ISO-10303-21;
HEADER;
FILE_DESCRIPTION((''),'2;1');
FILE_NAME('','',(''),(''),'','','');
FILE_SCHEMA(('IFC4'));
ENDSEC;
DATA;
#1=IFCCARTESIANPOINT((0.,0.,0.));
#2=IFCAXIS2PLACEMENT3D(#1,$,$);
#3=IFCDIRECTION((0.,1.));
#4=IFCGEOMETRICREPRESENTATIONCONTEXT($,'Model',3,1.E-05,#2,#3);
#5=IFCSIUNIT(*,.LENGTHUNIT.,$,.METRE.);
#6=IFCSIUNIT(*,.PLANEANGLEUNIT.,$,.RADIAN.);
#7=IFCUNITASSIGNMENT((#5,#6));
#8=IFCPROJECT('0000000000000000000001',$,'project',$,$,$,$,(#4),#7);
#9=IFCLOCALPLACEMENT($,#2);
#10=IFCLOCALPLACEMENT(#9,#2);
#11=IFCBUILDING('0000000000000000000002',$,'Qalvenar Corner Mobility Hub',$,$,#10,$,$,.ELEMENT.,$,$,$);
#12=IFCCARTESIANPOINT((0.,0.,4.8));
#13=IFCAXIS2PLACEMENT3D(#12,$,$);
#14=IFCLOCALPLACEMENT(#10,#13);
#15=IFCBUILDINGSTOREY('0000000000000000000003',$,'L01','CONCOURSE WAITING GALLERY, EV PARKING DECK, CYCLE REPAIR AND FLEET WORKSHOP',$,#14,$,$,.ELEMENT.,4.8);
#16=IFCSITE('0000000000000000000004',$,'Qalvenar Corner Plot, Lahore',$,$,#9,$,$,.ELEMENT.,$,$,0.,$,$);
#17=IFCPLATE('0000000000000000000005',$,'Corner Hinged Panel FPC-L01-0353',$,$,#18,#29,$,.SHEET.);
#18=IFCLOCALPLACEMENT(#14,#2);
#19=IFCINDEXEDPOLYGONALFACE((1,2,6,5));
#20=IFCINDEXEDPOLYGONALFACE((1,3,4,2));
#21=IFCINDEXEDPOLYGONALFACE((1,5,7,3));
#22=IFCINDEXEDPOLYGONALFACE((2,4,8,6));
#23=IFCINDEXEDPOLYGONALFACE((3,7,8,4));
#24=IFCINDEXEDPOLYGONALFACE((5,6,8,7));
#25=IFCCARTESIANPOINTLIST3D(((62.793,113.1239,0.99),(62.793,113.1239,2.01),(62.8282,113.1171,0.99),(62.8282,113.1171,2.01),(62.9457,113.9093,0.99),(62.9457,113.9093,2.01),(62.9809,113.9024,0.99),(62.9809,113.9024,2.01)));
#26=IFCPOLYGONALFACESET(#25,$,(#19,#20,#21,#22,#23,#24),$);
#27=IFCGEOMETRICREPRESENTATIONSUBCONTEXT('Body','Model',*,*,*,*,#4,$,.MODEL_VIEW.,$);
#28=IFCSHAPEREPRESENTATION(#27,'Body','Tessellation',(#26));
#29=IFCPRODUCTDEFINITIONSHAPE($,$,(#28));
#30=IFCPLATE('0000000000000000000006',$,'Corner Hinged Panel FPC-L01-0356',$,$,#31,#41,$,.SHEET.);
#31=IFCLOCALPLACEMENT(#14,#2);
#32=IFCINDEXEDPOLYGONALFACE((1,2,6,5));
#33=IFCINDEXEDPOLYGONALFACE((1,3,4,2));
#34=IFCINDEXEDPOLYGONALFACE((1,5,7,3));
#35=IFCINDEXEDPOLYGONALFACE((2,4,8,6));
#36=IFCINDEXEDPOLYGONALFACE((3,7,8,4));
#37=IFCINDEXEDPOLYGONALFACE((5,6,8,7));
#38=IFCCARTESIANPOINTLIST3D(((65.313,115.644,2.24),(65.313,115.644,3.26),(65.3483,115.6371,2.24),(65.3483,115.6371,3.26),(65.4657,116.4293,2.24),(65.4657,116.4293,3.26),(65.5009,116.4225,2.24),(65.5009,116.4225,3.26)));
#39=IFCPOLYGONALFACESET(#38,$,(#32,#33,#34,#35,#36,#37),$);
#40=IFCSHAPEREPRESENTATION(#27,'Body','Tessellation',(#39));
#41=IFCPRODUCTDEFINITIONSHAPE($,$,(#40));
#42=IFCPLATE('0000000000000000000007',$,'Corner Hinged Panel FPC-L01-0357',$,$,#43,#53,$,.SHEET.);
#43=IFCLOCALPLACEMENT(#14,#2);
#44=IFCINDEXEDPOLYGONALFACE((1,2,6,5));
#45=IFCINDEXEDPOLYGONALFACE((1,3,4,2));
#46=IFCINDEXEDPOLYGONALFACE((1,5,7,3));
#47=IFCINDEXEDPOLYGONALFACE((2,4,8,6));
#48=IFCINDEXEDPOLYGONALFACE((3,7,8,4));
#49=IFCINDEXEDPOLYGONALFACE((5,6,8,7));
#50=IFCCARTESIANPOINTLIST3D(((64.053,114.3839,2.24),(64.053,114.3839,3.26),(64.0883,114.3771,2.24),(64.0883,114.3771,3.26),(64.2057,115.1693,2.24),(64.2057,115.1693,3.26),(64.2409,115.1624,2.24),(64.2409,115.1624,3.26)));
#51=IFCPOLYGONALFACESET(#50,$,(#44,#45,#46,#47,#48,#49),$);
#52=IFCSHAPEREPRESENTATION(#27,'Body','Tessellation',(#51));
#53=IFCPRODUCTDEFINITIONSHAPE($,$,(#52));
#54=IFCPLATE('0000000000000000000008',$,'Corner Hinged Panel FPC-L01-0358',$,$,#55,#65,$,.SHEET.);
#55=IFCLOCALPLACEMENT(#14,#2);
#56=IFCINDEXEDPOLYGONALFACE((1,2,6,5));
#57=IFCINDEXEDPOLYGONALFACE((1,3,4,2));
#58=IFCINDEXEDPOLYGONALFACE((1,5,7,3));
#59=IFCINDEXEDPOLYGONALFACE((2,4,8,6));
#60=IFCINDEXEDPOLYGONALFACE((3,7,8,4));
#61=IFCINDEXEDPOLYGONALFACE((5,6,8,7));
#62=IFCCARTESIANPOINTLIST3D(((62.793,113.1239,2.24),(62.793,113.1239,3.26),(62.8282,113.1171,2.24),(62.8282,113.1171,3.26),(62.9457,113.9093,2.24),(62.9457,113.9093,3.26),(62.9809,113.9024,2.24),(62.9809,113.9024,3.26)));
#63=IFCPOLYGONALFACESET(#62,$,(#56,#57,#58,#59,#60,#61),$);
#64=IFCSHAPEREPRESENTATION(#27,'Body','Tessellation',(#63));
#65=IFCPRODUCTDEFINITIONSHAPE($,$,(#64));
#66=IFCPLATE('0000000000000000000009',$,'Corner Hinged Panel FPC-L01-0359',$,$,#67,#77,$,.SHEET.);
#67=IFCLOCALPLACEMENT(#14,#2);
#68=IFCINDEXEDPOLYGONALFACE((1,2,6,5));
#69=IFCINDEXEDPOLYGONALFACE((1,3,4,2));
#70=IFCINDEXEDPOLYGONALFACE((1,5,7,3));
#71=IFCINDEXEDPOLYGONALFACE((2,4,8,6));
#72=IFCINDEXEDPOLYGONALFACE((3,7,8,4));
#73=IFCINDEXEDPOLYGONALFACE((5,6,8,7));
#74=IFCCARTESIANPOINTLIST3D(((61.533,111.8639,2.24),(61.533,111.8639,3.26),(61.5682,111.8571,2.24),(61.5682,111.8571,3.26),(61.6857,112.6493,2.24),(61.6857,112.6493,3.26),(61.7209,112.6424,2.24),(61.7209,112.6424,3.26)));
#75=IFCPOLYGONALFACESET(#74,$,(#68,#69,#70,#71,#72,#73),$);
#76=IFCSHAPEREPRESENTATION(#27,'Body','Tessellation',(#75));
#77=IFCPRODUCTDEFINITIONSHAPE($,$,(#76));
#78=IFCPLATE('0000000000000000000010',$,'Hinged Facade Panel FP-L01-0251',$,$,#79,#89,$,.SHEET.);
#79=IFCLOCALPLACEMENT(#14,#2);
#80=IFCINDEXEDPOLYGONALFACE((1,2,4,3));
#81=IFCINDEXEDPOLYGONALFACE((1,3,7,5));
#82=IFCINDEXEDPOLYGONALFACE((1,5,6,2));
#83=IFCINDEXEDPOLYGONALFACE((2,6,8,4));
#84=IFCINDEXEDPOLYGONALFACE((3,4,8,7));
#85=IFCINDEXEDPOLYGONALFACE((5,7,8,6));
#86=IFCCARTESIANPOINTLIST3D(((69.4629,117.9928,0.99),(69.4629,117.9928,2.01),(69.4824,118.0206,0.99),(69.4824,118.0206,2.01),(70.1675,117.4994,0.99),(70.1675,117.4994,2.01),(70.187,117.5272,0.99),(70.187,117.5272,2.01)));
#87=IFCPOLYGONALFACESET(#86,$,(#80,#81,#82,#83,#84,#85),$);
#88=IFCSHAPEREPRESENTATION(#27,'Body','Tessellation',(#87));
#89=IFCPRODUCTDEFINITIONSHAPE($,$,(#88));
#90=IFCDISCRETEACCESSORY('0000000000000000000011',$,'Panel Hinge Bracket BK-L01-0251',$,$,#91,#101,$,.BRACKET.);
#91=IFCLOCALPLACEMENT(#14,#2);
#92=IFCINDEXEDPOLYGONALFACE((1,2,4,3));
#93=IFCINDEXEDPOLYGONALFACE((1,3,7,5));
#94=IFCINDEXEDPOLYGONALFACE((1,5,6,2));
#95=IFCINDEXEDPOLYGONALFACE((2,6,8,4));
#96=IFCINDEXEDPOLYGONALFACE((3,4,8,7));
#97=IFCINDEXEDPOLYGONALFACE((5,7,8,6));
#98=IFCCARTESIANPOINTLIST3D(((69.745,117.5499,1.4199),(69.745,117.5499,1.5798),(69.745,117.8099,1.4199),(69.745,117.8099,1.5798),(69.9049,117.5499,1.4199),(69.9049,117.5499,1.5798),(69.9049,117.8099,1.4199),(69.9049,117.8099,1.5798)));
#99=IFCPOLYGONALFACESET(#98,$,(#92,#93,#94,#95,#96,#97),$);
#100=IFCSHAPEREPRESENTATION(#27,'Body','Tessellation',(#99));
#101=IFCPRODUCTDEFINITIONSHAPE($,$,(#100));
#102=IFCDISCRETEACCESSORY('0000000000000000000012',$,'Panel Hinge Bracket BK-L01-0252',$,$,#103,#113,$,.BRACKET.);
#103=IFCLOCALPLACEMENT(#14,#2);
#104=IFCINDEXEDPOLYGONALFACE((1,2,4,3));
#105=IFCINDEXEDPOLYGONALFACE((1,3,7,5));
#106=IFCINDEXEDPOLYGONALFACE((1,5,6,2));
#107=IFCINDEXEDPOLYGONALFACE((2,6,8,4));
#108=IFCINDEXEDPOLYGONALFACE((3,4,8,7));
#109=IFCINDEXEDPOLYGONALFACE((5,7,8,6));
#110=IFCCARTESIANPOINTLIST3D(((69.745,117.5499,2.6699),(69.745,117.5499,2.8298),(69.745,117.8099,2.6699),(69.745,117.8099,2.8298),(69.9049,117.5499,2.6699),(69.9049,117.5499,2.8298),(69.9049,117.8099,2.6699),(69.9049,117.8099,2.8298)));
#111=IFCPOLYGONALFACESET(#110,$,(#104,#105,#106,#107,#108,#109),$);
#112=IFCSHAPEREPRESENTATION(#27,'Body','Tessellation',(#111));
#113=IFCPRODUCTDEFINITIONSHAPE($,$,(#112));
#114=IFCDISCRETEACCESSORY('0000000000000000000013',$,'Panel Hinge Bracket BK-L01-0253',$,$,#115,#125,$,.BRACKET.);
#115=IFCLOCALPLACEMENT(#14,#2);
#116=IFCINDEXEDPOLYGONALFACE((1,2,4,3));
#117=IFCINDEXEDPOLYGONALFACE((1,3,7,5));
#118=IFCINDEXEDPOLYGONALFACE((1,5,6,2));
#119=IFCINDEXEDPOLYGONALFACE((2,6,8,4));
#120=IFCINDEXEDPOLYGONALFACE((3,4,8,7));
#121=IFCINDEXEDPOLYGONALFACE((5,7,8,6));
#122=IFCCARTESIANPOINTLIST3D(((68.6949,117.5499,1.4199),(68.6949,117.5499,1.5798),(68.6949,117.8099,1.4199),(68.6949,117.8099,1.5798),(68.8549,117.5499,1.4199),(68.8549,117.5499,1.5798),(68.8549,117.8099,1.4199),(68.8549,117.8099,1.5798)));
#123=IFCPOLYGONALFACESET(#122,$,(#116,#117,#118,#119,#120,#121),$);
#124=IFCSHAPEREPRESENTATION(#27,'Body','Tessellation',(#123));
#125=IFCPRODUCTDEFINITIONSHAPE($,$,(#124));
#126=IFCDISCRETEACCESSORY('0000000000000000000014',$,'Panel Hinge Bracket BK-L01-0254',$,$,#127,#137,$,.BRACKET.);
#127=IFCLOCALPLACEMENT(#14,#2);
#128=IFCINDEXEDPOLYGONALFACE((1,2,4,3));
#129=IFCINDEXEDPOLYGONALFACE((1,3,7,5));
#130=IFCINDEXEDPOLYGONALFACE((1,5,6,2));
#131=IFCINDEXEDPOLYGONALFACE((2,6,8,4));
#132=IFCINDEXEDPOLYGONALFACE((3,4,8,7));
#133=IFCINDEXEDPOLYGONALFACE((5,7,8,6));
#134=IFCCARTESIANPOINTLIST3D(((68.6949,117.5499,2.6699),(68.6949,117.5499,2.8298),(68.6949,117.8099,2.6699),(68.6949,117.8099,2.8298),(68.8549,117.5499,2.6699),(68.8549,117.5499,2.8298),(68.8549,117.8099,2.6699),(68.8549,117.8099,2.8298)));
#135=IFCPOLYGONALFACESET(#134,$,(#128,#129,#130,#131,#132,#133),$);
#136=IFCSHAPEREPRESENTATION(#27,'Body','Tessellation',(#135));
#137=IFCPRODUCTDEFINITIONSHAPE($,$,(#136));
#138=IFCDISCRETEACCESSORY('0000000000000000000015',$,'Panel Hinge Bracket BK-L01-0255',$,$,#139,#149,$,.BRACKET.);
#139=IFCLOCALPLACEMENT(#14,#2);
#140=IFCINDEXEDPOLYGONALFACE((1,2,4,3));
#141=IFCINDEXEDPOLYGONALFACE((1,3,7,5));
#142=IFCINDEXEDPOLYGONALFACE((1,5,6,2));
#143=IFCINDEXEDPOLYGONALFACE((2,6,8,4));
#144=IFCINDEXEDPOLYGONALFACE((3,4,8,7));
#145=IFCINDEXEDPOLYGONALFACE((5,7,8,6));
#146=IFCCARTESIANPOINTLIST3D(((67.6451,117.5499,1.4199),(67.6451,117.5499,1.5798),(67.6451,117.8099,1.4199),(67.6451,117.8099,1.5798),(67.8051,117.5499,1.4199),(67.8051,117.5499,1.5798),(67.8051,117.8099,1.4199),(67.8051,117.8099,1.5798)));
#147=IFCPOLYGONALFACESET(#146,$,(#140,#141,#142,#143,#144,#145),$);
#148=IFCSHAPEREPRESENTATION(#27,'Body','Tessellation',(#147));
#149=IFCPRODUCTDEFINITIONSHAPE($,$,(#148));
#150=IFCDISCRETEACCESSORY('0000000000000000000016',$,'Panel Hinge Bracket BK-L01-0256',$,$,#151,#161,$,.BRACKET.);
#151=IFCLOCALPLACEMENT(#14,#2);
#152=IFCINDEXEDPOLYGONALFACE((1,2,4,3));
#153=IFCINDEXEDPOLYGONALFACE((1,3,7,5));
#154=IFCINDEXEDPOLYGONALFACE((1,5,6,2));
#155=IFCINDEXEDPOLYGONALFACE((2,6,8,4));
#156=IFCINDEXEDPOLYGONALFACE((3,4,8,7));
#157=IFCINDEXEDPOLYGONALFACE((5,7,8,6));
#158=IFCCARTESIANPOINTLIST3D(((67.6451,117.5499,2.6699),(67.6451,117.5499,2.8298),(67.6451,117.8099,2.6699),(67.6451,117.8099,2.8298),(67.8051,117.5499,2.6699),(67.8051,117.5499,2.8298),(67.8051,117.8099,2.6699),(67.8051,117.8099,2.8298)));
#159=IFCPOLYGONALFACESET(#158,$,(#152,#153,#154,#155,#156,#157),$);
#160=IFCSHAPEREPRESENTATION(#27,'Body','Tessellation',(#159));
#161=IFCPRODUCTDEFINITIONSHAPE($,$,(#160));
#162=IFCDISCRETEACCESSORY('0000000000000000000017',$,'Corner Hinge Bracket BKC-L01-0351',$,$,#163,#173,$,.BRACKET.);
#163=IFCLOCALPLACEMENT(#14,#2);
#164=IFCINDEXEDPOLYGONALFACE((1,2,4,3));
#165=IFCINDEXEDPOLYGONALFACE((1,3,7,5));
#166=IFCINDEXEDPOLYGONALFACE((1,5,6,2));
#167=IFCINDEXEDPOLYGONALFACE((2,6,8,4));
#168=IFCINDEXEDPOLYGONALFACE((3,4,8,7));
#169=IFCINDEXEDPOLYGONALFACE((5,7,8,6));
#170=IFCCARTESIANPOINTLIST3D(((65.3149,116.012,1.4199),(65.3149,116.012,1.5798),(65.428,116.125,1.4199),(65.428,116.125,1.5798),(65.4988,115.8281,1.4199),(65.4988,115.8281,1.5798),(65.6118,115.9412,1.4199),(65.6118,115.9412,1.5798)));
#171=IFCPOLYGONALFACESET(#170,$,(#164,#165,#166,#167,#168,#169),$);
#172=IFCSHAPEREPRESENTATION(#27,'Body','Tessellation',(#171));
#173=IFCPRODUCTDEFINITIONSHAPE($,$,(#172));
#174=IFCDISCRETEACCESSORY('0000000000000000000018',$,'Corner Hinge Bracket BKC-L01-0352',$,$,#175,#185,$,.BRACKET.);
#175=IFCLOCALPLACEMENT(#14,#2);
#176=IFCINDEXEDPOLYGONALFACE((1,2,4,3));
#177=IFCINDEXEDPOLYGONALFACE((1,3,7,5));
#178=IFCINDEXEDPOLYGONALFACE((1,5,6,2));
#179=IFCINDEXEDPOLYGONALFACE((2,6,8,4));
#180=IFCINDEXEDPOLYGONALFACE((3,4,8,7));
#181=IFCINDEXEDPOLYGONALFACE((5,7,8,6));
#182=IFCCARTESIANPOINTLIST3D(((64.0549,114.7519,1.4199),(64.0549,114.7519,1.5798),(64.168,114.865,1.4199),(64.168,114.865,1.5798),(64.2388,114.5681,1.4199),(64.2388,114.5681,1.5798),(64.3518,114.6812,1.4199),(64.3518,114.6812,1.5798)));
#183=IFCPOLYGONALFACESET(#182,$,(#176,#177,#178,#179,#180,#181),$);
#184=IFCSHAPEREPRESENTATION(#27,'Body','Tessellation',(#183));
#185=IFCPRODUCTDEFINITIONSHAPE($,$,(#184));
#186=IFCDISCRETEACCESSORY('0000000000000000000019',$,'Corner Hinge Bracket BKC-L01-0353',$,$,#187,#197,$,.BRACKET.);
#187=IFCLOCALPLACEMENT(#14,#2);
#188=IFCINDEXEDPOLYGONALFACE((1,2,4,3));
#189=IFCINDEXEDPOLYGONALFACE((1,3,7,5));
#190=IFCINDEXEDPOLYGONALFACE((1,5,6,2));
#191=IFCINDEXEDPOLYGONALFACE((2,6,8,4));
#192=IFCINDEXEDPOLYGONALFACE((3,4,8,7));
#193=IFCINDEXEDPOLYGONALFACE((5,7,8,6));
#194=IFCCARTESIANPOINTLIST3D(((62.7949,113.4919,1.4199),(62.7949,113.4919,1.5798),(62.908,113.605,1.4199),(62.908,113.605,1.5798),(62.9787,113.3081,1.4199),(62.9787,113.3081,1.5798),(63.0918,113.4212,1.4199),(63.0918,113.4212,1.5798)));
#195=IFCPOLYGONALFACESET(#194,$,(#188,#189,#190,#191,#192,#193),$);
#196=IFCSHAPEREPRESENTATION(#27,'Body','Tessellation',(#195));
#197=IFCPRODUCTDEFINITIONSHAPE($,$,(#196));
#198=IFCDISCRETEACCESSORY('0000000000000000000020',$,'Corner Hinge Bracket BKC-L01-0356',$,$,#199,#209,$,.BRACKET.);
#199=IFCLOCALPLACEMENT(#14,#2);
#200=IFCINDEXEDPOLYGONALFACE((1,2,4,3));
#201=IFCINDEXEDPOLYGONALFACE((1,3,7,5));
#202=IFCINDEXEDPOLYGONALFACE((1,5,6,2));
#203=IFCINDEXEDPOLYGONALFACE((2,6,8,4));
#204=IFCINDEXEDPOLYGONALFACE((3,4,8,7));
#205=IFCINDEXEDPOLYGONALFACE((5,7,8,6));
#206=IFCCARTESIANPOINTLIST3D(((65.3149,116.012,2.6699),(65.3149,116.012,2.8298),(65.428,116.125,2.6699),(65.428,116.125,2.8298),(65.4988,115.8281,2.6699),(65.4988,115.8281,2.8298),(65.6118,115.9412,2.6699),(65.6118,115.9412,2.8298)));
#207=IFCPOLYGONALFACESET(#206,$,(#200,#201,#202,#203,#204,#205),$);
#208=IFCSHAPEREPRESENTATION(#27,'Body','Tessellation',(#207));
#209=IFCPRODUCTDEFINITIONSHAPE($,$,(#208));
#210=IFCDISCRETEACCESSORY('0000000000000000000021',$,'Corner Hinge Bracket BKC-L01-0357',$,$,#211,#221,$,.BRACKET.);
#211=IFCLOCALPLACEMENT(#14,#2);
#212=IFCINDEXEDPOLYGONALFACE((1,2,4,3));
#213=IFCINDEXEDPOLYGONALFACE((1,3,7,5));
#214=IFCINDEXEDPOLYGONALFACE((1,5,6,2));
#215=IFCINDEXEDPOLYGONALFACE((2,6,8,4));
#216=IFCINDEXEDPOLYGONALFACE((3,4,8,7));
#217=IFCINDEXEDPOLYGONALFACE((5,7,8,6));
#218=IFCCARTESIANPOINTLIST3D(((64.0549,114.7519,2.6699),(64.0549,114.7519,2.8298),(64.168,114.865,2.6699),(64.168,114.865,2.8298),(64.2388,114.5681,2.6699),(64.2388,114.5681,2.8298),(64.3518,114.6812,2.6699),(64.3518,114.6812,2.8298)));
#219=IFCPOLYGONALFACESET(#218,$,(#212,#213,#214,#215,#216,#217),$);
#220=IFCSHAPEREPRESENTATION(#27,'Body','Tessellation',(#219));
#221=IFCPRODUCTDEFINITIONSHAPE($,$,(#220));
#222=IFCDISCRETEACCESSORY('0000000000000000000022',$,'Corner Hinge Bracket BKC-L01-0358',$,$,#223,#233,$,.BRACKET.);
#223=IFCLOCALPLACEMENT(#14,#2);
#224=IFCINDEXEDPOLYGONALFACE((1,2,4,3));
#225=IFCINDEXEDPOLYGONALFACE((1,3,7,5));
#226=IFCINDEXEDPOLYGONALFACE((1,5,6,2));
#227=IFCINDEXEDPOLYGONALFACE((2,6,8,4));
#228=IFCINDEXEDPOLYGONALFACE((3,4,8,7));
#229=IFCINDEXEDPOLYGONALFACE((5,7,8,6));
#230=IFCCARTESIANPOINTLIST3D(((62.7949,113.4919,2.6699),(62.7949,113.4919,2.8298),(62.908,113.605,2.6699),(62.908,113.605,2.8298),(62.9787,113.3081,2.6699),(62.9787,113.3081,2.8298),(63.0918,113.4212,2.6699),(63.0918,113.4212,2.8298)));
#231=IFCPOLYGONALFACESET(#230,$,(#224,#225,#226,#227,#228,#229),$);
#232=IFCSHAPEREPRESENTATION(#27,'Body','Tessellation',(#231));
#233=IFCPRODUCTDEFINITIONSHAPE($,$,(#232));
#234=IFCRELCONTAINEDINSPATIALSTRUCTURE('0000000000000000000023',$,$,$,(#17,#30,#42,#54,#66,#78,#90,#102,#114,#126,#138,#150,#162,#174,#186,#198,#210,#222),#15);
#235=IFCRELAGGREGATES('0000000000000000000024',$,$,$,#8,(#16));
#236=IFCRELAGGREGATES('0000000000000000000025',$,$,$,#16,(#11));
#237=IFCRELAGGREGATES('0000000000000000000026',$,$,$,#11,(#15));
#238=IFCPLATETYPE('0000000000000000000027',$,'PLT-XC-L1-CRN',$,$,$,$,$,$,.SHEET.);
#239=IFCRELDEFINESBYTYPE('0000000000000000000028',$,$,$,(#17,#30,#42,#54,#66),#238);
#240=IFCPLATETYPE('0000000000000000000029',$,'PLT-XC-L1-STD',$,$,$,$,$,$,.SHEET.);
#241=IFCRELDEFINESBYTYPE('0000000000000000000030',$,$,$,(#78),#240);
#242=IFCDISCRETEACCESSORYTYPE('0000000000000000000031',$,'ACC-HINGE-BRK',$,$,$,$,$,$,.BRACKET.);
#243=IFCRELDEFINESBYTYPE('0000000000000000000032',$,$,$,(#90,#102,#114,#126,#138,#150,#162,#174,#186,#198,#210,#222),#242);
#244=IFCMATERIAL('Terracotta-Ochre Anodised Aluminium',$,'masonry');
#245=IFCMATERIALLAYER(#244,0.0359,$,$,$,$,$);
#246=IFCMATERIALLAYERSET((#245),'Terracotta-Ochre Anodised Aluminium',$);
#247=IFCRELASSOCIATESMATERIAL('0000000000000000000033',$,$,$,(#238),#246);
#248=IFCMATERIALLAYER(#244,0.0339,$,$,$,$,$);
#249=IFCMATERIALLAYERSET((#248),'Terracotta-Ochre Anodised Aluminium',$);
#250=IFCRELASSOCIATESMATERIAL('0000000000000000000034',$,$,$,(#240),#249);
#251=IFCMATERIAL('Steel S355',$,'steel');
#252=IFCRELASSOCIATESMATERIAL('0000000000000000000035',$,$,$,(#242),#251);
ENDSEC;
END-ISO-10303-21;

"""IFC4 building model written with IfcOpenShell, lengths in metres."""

from ifc_helpers import new_model, si_unit, direction, frame, origin, origin_2d, place, context, subcontext, project, spatial, rectangle, extrude, material, layer, layer_set, type_object, element, save


model = new_model("IFC4")

# Units and contexts
model_context = context("Model", 3, precision=1e-05, world=origin(), true_north=direction((0.0, 1.0)))
body_context = subcontext(model_context, "Body", "Model", "MODEL_VIEW")
ifc_project = project(units=[si_unit("LENGTHUNIT", "METRE"), si_unit("PLANEANGLEUNIT", "RADIAN")], contexts=[model_context])

# Site, building, storey
site_placement = place(None, origin())
site = spatial("IfcSite", under=ifc_project, at=site_placement, Name="Qalvenar Corner Plot, Lahore", CompositionType="ELEMENT", RefElevation=0.0)
building_placement = place(site_placement, origin())
building = spatial("IfcBuilding", under=site, at=building_placement, Name="Qalvenar Corner Mobility Hub", CompositionType="ELEMENT")
storey_placement = place(building_placement, frame((0.0, 0.0, 4.8)))
storey = spatial("IfcBuildingStorey", under=building, at=storey_placement, Name="L01", Description="CONCOURSE WAITING GALLERY, EV PARKING DECK, CYCLE REPAIR AND FLEET WORKSHOP", CompositionType="ELEMENT", Elevation=4.8)

# Shared definitions
ifc_material_1 = material(Name="Steel S355", Category="steel")

# Plates
ifc_material_2 = material(Name="Terracotta-Ochre Anodised Aluminium", Category="masonry")
ifc_layer_1 = layer(ifc_material_2, 0.0359)
ifc_layer_set_1 = layer_set([ifc_layer_1], Name="Terracotta-Ochre Anodised Aluminium")
plate_type_1 = type_object("IfcPlateType", Name="PLT-XC-L1-CRN", PredefinedType="SHEET", material=ifc_layer_set_1)
for number, where, z_axis, x_axis, name in (
    (1, (62.887, 113.5132, 0.99), (0.0, 0.0, 1.0), (-0.190809, -0.981627, 0.0), "Corner Hinged Panel FPC-L01-0353"),
    (2, (65.407, 116.0332, 2.24), (0.0, 0.0, 1.0), (-0.190809, -0.981627, 0.0), "Corner Hinged Panel FPC-L01-0356"),
    (3, (64.147, 114.7732, 2.24), (0.0, 0.0, 1.0), (-0.190809, -0.981627, 0.0), "Corner Hinged Panel FPC-L01-0357"),
    (4, (62.887, 113.5132, 2.24), (0.0, 0.0, 1.0), (-0.190809, -0.981627, 0.0), "Corner Hinged Panel FPC-L01-0358"),
    (5, (61.627, 112.2532, 2.24), (0.0, 0.0, 1.0), (-0.190809, -0.981627, 0.0), "Corner Hinged Panel FPC-L01-0359"),
):
    element("IfcPlate", number, at=place(storey_placement, frame(where, z_axis=z_axis, x_axis=x_axis)), inside=storey, type_object=plate_type_1, Name=name, PredefinedType="SHEET", context=body_context, shape_type="SweptSolid", body=[
        extrude(rectangle(XDim=0.8, YDim=0.0359, at=origin_2d()), origin(), (0.0, 0.0, 1.0), 1.02),
    ])
ifc_layer_2 = layer(ifc_material_2, 0.0339)
ifc_layer_set_2 = layer_set([ifc_layer_2], Name="Terracotta-Ochre Anodised Aluminium")
plate_type_2 = type_object("IfcPlateType", Name="PLT-XC-L1-STD", PredefinedType="SHEET", material=ifc_layer_set_2)
plate_placement = place(storey_placement, frame((69.825, 117.76, 0.99), z_axis=(0.0, 0.0, 1.0), x_axis=(-0.819152, 0.573576, 0.0)))
element("IfcPlate", 6, at=plate_placement, inside=storey, type_object=plate_type_2, Name="Hinged Facade Panel FP-L01-0251", PredefinedType="SHEET", context=body_context, shape_type="SweptSolid", body=[
    extrude(rectangle(XDim=0.8601, YDim=0.0339, at=origin_2d()), origin(), (0.0, 0.0, 1.0), 1.02),
])

# Discrete accessories
discrete_accessory_type = type_object("IfcDiscreteAccessoryType", Name="ACC-HINGE-BRK", PredefinedType="BRACKET", material=ifc_material_1)
for number, where, z_axis, x_axis, name in (
    (7, (69.825, 117.6799, 1.4199), (0.0, 0.0, 1.0), (-1.0, 0.0, 0.0), "Panel Hinge Bracket BK-L01-0251"),
    (8, (69.825, 117.6799, 2.6699), (0.0, 0.0, 1.0), (-1.0, 0.0, 0.0), "Panel Hinge Bracket BK-L01-0252"),
    (9, (68.7749, 117.6799, 1.4199), (0.0, 0.0, 1.0), (-1.0, 0.0, 0.0), "Panel Hinge Bracket BK-L01-0253"),
    (10, (68.7749, 117.6799, 2.6699), (0.0, 0.0, 1.0), (-1.0, 0.0, 0.0), "Panel Hinge Bracket BK-L01-0254"),
    (11, (67.7251, 117.6799, 1.4199), (0.0, 0.0, 1.0), (-1.0, 0.0, 0.0), "Panel Hinge Bracket BK-L01-0255"),
    (12, (67.7251, 117.6799, 2.6699), (0.0, 0.0, 1.0), (-1.0, 0.0, 0.0), "Panel Hinge Bracket BK-L01-0256"),
    (13, (65.4634, 115.9766, 1.4199), (0.0, 0.0, 1.0), (-0.707107, -0.707107, 0.0), "Corner Hinge Bracket BKC-L01-0351"),
    (14, (64.2034, 114.7166, 1.4199), (0.0, 0.0, 1.0), (-0.707107, -0.707107, 0.0), "Corner Hinge Bracket BKC-L01-0352"),
    (15, (62.9434, 113.4565, 1.4199), (0.0, 0.0, 1.0), (-0.707107, -0.707107, 0.0), "Corner Hinge Bracket BKC-L01-0353"),
    (16, (65.4634, 115.9766, 2.6699), (0.0, 0.0, 1.0), (-0.707107, -0.707107, 0.0), "Corner Hinge Bracket BKC-L01-0356"),
    (17, (64.2034, 114.7166, 2.6699), (0.0, 0.0, 1.0), (-0.707107, -0.707107, 0.0), "Corner Hinge Bracket BKC-L01-0357"),
    (18, (62.9434, 113.4565, 2.6699), (0.0, 0.0, 1.0), (-0.707107, -0.707107, 0.0), "Corner Hinge Bracket BKC-L01-0358"),
):
    element("IfcDiscreteAccessory", number, at=place(storey_placement, frame(where, z_axis=z_axis, x_axis=x_axis)), inside=storey, type_object=discrete_accessory_type, Name=name, PredefinedType="BRACKET", context=body_context, shape_type="SweptSolid", body=[
        extrude(rectangle(XDim=0.1599, YDim=0.26, at=origin_2d()), origin(), (0.0, 0.0, 1.0), 0.1599),
    ])

save(model, "model.ifc")
